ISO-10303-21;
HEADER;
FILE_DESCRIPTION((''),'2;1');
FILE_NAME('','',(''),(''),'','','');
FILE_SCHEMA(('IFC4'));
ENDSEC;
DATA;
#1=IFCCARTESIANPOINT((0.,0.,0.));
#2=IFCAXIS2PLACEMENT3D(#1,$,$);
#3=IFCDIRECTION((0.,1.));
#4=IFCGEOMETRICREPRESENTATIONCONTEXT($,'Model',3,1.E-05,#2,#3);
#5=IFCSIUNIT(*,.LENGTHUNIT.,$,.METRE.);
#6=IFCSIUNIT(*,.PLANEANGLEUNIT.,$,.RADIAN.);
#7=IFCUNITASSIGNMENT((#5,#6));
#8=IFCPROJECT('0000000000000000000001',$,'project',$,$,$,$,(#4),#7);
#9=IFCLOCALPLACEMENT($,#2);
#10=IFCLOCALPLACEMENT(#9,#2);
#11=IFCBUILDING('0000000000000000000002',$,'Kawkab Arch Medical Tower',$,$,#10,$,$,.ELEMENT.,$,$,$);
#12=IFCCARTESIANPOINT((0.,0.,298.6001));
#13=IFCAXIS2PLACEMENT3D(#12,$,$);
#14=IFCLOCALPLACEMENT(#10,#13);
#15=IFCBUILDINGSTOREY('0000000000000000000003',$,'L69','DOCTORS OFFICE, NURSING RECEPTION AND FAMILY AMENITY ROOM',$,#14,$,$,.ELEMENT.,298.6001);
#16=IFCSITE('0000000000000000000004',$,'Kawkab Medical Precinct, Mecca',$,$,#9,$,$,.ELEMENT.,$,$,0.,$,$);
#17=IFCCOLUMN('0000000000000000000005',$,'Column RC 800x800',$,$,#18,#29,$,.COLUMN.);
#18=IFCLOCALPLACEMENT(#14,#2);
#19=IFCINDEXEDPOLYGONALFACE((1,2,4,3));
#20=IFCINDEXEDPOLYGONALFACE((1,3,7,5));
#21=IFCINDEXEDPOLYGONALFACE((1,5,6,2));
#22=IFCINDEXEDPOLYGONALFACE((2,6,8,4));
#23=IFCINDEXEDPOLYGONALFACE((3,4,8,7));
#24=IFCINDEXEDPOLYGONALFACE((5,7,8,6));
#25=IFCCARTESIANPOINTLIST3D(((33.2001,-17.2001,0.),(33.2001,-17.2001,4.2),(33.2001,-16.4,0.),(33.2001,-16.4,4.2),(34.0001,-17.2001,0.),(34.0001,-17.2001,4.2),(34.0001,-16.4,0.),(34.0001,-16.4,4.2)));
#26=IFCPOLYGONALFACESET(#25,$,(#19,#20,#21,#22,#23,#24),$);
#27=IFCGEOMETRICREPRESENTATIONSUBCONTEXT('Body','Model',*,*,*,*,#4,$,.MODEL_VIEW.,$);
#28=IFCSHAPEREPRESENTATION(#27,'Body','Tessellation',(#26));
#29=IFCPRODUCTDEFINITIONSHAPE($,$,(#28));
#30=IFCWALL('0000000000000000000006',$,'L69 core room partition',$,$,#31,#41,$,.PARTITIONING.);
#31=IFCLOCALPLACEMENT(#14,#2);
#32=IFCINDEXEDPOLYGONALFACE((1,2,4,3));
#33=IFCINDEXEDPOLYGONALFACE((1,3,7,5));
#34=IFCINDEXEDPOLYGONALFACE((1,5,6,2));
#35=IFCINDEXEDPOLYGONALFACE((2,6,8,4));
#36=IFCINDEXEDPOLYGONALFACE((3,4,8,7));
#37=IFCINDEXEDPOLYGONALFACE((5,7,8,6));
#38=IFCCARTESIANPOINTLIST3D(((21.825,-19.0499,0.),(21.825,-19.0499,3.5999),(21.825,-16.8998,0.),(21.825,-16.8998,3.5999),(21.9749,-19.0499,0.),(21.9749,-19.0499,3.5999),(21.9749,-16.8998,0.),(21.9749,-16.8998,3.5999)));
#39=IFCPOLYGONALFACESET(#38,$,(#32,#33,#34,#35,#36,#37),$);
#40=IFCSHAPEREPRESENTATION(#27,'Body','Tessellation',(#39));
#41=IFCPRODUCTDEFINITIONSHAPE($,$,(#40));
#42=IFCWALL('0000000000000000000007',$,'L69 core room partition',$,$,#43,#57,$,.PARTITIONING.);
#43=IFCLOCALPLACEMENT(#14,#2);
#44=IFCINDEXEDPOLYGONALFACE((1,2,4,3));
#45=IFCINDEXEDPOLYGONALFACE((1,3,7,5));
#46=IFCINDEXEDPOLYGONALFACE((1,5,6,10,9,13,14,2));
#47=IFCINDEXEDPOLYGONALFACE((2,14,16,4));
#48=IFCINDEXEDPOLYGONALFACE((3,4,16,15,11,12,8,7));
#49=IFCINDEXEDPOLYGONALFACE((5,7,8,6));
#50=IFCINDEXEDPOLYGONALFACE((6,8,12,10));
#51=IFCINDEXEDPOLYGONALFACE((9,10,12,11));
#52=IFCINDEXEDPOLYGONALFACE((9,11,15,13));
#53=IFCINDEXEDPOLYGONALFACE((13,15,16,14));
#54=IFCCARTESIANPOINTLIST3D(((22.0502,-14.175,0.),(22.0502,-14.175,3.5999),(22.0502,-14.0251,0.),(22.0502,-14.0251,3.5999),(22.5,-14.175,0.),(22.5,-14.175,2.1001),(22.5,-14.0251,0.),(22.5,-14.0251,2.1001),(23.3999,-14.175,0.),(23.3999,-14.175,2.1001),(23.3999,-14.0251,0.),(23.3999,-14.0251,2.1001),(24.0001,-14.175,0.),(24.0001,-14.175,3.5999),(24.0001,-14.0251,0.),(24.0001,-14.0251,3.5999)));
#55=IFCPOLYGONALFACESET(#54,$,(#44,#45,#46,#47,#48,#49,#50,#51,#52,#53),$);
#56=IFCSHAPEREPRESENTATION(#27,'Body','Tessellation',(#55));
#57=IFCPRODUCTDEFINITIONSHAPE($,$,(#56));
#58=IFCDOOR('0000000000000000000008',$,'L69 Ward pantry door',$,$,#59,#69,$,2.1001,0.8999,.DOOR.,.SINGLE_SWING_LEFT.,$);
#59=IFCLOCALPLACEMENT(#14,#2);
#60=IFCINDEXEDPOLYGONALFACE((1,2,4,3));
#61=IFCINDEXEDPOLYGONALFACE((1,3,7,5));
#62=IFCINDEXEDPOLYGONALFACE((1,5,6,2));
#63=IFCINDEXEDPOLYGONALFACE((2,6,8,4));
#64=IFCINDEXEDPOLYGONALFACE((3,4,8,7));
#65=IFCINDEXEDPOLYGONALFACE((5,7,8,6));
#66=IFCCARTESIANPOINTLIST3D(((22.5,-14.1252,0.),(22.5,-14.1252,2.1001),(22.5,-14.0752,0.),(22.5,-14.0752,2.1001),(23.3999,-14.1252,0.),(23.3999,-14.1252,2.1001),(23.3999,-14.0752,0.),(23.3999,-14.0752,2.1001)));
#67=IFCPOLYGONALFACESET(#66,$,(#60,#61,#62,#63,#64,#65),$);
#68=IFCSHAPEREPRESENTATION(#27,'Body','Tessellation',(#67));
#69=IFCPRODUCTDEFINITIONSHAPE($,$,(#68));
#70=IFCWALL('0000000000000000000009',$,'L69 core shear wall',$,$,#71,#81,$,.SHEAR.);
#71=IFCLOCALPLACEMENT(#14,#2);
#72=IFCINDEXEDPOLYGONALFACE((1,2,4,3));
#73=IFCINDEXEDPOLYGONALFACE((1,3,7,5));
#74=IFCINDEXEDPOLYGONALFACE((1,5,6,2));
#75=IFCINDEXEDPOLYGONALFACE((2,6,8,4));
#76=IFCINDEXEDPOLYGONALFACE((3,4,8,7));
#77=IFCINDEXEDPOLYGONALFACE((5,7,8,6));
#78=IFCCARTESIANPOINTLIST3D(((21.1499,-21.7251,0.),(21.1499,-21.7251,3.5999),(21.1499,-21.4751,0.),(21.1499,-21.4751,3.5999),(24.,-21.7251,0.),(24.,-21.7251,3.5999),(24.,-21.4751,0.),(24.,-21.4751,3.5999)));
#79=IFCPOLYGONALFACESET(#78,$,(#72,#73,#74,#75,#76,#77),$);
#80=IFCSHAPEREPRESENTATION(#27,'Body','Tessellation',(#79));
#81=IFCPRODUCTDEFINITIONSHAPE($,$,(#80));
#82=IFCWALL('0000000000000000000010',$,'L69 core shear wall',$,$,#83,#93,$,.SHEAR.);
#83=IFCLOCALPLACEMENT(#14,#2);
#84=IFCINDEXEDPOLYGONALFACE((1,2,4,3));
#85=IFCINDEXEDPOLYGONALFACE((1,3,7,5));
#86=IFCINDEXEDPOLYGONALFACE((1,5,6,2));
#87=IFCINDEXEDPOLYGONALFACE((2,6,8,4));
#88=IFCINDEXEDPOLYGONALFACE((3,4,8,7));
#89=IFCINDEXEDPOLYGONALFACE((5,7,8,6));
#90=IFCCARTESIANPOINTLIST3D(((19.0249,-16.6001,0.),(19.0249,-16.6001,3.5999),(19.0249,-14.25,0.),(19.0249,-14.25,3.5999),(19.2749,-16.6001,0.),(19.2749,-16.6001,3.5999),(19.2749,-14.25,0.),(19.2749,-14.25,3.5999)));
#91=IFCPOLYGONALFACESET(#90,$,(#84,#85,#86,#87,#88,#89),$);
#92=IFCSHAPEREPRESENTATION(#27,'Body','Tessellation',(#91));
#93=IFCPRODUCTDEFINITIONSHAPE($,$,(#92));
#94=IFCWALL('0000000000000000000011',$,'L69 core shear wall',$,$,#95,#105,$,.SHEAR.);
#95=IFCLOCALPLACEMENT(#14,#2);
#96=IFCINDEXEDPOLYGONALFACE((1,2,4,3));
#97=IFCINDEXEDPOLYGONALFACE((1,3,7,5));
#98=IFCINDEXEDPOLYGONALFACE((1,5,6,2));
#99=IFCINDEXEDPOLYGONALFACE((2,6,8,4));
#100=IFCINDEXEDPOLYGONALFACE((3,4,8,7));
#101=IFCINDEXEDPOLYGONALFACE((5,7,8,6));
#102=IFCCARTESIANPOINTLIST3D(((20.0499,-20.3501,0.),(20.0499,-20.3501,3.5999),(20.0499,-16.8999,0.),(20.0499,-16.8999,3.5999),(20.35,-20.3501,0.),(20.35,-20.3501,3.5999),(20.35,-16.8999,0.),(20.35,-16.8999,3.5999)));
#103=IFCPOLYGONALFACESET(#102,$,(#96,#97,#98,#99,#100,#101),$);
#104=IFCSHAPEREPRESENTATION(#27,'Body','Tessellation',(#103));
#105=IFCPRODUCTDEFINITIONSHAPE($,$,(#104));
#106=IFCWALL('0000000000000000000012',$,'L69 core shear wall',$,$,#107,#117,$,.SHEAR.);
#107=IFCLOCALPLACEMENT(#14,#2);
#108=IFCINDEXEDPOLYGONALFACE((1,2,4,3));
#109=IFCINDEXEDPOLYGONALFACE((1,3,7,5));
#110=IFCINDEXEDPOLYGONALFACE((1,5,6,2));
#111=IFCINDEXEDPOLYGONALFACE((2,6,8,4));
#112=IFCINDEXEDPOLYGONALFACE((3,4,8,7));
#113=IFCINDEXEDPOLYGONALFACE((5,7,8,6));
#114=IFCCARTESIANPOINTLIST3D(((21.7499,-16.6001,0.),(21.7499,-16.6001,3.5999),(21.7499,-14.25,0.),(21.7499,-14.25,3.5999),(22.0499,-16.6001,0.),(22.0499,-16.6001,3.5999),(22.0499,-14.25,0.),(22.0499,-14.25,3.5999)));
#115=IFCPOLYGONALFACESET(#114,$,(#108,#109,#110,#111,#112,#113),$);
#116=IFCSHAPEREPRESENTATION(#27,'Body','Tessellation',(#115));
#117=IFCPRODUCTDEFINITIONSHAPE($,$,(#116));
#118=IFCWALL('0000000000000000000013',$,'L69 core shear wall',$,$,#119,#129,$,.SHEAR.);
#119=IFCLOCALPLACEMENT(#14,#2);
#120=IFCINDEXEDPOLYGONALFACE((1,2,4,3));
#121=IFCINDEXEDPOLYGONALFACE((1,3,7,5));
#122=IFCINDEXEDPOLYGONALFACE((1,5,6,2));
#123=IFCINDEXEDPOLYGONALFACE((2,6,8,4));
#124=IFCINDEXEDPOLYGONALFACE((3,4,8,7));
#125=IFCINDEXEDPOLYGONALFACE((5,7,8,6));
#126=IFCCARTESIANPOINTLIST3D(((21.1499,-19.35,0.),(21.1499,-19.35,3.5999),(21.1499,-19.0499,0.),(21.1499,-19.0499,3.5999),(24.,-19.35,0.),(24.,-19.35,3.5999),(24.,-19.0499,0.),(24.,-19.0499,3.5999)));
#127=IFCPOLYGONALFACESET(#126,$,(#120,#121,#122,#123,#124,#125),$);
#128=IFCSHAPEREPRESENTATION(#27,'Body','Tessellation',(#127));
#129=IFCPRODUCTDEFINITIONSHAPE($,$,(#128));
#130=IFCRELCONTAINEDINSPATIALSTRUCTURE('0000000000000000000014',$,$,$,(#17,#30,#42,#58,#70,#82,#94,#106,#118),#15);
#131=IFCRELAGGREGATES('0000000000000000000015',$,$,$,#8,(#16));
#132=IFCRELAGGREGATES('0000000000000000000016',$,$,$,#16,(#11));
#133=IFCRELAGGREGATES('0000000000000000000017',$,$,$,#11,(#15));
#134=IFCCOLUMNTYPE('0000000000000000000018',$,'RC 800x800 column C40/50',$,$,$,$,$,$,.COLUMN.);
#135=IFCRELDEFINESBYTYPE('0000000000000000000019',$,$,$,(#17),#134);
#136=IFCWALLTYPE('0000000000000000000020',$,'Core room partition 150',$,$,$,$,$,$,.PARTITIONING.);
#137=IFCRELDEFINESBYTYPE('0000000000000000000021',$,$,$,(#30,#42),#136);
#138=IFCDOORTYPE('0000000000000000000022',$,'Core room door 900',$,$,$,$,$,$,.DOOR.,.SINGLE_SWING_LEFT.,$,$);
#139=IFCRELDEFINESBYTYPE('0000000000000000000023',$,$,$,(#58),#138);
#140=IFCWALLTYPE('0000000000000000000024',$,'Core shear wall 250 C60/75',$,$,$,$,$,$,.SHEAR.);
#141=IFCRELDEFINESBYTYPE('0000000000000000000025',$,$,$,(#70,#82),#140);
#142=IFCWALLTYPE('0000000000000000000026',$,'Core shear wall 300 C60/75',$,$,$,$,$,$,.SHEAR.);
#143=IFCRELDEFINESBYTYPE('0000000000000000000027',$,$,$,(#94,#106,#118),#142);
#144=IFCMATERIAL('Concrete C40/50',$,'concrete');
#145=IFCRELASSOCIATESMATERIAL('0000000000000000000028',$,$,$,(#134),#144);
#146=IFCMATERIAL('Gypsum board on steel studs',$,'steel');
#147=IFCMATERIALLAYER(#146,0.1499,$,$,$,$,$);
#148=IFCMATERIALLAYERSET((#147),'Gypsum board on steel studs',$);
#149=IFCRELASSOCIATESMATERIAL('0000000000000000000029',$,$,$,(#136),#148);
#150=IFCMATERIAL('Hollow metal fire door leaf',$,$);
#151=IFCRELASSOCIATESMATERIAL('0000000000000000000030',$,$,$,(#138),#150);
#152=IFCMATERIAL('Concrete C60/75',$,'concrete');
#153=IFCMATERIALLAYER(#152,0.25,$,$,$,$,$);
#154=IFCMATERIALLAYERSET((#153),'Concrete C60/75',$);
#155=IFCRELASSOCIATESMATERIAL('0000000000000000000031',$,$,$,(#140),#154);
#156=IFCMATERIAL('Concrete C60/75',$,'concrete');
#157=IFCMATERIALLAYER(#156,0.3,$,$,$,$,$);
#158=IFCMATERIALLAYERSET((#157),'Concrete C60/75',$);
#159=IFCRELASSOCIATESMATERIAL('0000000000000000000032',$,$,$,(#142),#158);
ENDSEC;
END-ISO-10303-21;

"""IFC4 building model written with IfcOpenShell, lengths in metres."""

from ifc_helpers import new_model, si_unit, direction, frame, frame_2d, origin, origin_2d, place, context, subcontext, project, spatial, rectangle, extrude, material, layer, layer_set, material_profile, profile_set, type_object, element, fill, save


model = new_model("IFC4")

# Units and contexts
model_context = context("Model", 3, precision=1e-05, world=origin(), true_north=direction((0.0, 1.0)))
body_context = subcontext(model_context, "Body", "Model", "MODEL_VIEW")
ifc_project = project(units=[si_unit("LENGTHUNIT", "METRE"), si_unit("PLANEANGLEUNIT", "RADIAN")], contexts=[model_context])

# Site, building, storey
site_placement = place(None, origin())
site = spatial("IfcSite", under=ifc_project, at=site_placement, Name="Kawkab Medical Precinct, Mecca", CompositionType="ELEMENT", RefElevation=0.0)
building_placement = place(site_placement, origin())
building = spatial("IfcBuilding", under=site, at=building_placement, Name="Kawkab Arch Medical Tower", CompositionType="ELEMENT")
storey_placement = place(building_placement, frame((0.0, 0.0, 298.6001)))
storey = spatial("IfcBuildingStorey", under=building, at=storey_placement, Name="L69", Description="DOCTORS OFFICE, NURSING RECEPTION AND FAMILY AMENITY ROOM", CompositionType="ELEMENT", Elevation=298.6001)

# Column
ifc_material_1 = material(Name="Concrete C40/50", Category="concrete")
ifc_material_profile = material_profile(ifc_material_1, rectangle(XDim=0.8, YDim=0.8, at=origin_2d()), Name="RC 800x800")
ifc_profile_set = profile_set([ifc_material_profile], Name="Concrete C40/50")
column_type = type_object("IfcColumnType", Name="RC 800x800 column C40/50", PredefinedType="COLUMN", material=ifc_profile_set)
column_placement = place(storey_placement, frame((33.6001, -16.8, 0.0), z_axis=(0.0, 0.0, 1.0), x_axis=(1.0, 0.0, 0.0)))
element("IfcColumn", 1, at=column_placement, inside=storey, type_object=column_type, Name="Column RC 800x800", PredefinedType="COLUMN", context=body_context, shape_type="SweptSolid", body=[
    extrude(rectangle(XDim=0.8, YDim=0.8, at=origin_2d()), origin(), (0.0, 0.0, 1.0), 4.2),
])

# Wall
ifc_material_2 = material(Name="Gypsum board on steel studs", Category="steel")
ifc_layer_1 = layer(ifc_material_2, 0.1499)
ifc_layer_set_1 = layer_set([ifc_layer_1], Name="Gypsum board on steel studs")
wall_type_1 = type_object("IfcWallType", Name="Core room partition 150", PredefinedType="PARTITIONING", material=ifc_layer_set_1)
wall_1_placement = place(storey_placement, frame((21.8999, -19.05, 0.0), z_axis=(0.0, 0.0, 1.0), x_axis=(0.0, 1.0, 0.0)))
element("IfcWall", 2, at=wall_1_placement, inside=storey, type_object=wall_type_1, Name="L69 core room partition", PredefinedType="PARTITIONING", context=body_context, shape_type="SweptSolid", body=[
    extrude(rectangle(XDim=2.1501, YDim=0.1499, at=frame_2d((1.0752, 0.0))), origin(), (0.0, 0.0, 1.0), 3.5999),
])

# Wall, opening, door
wall_2_placement = place(storey_placement, frame((22.05, -14.1001, 0.0), z_axis=(0.0, 0.0, 1.0), x_axis=(1.0, 0.0, 0.0)))
wall_2 = element("IfcWall", 3, at=wall_2_placement, inside=storey, type_object=wall_type_1, Name="L69 core room partition", PredefinedType="PARTITIONING", context=body_context, shape_type="SweptSolid", body=[
    extrude(rectangle(XDim=1.95, YDim=0.1499, at=frame_2d((0.9751, 0.0))), origin(), (0.0, 0.0, 1.0), 3.5999),
])
opening_1_placement = place(wall_2_placement, frame((0.45, 0.0, 0.0)))
opening_1 = element("IfcOpeningElement", 4, at=opening_1_placement, cuts=wall_2, PredefinedType="OPENING", context=body_context, shape_type="SweptSolid", body=[
    extrude(rectangle(XDim=0.8999, YDim=2.1001, at=frame_2d((0.45, 1.05))), frame((0.0, 0.085, 0.0), z_axis=(0.0, -1.0, 0.0), x_axis=(1.0, 0.0, 0.0)), (0.0, 0.0, 1.0), 0.1699),
])
ifc_material_3 = material(Name="Hollow metal fire door leaf")
door_type_1 = type_object("IfcDoorType", Name="Core room door 900", OperationType="SINGLE_SWING_LEFT", PredefinedType="DOOR", material=ifc_material_3)
door_1_placement = place(opening_1_placement, origin())
door_1 = element("IfcDoor", 5, at=door_1_placement, inside=storey, type_object=door_type_1, Name="L69 Ward pantry door", OperationType="SINGLE_SWING_LEFT", OverallHeight=2.1001, OverallWidth=0.8999, PredefinedType="DOOR", context=body_context, shape_type="SweptSolid", body=[
    extrude(rectangle(XDim=0.8999, YDim=2.1001, at=frame_2d((0.45, 1.05))), frame((0.0, 0.0249, 0.0), z_axis=(0.0, -1.0, 0.0), x_axis=(1.0, 0.0, 0.0)), (0.0, 0.0, 1.0), 0.05),
])
fill(opening_1, door_1)

# Walls
ifc_material_4 = material(Name="Concrete C60/75", Category="concrete")
ifc_layer_2 = layer(ifc_material_4, 0.25)
ifc_layer_set_2 = layer_set([ifc_layer_2], Name="Concrete C60/75")
wall_type_2 = type_object("IfcWallType", Name="Core shear wall 250 C60/75", PredefinedType="SHEAR", material=ifc_layer_set_2)
wall_3_placement = place(storey_placement, frame((21.1499, -21.6001, 0.0), z_axis=(0.0, 0.0, 1.0), x_axis=(1.0, 0.0, 0.0)))
element("IfcWall", 6, at=wall_3_placement, inside=storey, type_object=wall_type_2, Name="L69 core shear wall", PredefinedType="SHEAR", context=body_context, shape_type="SweptSolid", body=[
    extrude(rectangle(XDim=2.8501, YDim=0.25, at=frame_2d((1.425, 0.0))), origin(), (0.0, 0.0, 1.0), 3.5999),
])
wall_4_placement = place(storey_placement, frame((19.1499, -16.6001, 0.0), z_axis=(0.0, 0.0, 1.0), x_axis=(0.0, 1.0, 0.0)))
element("IfcWall", 7, at=wall_4_placement, inside=storey, type_object=wall_type_2, Name="L69 core shear wall", PredefinedType="SHEAR", context=body_context, shape_type="SweptSolid", body=[
    extrude(rectangle(XDim=2.3501, YDim=0.25, at=frame_2d((1.175, 0.0))), origin(), (0.0, 0.0, 1.0), 3.5999),
])
ifc_material_5 = material(Name="Concrete C60/75", Category="concrete")
ifc_layer_3 = layer(ifc_material_5, 0.3)
ifc_layer_set_3 = layer_set([ifc_layer_3], Name="Concrete C60/75")
wall_type_3 = type_object("IfcWallType", Name="Core shear wall 300 C60/75", PredefinedType="SHEAR", material=ifc_layer_set_3)
wall_5_placement = place(storey_placement, frame((20.2, -20.3501, 0.0), z_axis=(0.0, 0.0, 1.0), x_axis=(0.0, 1.0, 0.0)))
element("IfcWall", 8, at=wall_5_placement, inside=storey, type_object=wall_type_3, Name="L69 core shear wall", PredefinedType="SHEAR", context=body_context, shape_type="SweptSolid", body=[
    extrude(rectangle(XDim=3.4502, YDim=0.3, at=frame_2d((1.7251, 0.0))), origin(), (0.0, 0.0, 1.0), 3.5999),
])
wall_6_placement = place(storey_placement, frame((21.8999, -16.6001, 0.0), z_axis=(0.0, 0.0, 1.0), x_axis=(0.0, 1.0, 0.0)))
element("IfcWall", 9, at=wall_6_placement, inside=storey, type_object=wall_type_3, Name="L69 core shear wall", PredefinedType="SHEAR", context=body_context, shape_type="SweptSolid", body=[
    extrude(rectangle(XDim=2.3501, YDim=0.3, at=frame_2d((1.175, 0.0))), origin(), (0.0, 0.0, 1.0), 3.5999),
])
wall_7_placement = place(storey_placement, frame((21.1499, -19.2, 0.0), z_axis=(0.0, 0.0, 1.0), x_axis=(1.0, 0.0, 0.0)))
element("IfcWall", 10, at=wall_7_placement, inside=storey, type_object=wall_type_3, Name="L69 core shear wall", PredefinedType="SHEAR", context=body_context, shape_type="SweptSolid", body=[
    extrude(rectangle(XDim=2.8501, YDim=0.3, at=frame_2d((1.425, 0.0))), origin(), (0.0, 0.0, 1.0), 3.5999),
])

save(model, "model.ifc")
